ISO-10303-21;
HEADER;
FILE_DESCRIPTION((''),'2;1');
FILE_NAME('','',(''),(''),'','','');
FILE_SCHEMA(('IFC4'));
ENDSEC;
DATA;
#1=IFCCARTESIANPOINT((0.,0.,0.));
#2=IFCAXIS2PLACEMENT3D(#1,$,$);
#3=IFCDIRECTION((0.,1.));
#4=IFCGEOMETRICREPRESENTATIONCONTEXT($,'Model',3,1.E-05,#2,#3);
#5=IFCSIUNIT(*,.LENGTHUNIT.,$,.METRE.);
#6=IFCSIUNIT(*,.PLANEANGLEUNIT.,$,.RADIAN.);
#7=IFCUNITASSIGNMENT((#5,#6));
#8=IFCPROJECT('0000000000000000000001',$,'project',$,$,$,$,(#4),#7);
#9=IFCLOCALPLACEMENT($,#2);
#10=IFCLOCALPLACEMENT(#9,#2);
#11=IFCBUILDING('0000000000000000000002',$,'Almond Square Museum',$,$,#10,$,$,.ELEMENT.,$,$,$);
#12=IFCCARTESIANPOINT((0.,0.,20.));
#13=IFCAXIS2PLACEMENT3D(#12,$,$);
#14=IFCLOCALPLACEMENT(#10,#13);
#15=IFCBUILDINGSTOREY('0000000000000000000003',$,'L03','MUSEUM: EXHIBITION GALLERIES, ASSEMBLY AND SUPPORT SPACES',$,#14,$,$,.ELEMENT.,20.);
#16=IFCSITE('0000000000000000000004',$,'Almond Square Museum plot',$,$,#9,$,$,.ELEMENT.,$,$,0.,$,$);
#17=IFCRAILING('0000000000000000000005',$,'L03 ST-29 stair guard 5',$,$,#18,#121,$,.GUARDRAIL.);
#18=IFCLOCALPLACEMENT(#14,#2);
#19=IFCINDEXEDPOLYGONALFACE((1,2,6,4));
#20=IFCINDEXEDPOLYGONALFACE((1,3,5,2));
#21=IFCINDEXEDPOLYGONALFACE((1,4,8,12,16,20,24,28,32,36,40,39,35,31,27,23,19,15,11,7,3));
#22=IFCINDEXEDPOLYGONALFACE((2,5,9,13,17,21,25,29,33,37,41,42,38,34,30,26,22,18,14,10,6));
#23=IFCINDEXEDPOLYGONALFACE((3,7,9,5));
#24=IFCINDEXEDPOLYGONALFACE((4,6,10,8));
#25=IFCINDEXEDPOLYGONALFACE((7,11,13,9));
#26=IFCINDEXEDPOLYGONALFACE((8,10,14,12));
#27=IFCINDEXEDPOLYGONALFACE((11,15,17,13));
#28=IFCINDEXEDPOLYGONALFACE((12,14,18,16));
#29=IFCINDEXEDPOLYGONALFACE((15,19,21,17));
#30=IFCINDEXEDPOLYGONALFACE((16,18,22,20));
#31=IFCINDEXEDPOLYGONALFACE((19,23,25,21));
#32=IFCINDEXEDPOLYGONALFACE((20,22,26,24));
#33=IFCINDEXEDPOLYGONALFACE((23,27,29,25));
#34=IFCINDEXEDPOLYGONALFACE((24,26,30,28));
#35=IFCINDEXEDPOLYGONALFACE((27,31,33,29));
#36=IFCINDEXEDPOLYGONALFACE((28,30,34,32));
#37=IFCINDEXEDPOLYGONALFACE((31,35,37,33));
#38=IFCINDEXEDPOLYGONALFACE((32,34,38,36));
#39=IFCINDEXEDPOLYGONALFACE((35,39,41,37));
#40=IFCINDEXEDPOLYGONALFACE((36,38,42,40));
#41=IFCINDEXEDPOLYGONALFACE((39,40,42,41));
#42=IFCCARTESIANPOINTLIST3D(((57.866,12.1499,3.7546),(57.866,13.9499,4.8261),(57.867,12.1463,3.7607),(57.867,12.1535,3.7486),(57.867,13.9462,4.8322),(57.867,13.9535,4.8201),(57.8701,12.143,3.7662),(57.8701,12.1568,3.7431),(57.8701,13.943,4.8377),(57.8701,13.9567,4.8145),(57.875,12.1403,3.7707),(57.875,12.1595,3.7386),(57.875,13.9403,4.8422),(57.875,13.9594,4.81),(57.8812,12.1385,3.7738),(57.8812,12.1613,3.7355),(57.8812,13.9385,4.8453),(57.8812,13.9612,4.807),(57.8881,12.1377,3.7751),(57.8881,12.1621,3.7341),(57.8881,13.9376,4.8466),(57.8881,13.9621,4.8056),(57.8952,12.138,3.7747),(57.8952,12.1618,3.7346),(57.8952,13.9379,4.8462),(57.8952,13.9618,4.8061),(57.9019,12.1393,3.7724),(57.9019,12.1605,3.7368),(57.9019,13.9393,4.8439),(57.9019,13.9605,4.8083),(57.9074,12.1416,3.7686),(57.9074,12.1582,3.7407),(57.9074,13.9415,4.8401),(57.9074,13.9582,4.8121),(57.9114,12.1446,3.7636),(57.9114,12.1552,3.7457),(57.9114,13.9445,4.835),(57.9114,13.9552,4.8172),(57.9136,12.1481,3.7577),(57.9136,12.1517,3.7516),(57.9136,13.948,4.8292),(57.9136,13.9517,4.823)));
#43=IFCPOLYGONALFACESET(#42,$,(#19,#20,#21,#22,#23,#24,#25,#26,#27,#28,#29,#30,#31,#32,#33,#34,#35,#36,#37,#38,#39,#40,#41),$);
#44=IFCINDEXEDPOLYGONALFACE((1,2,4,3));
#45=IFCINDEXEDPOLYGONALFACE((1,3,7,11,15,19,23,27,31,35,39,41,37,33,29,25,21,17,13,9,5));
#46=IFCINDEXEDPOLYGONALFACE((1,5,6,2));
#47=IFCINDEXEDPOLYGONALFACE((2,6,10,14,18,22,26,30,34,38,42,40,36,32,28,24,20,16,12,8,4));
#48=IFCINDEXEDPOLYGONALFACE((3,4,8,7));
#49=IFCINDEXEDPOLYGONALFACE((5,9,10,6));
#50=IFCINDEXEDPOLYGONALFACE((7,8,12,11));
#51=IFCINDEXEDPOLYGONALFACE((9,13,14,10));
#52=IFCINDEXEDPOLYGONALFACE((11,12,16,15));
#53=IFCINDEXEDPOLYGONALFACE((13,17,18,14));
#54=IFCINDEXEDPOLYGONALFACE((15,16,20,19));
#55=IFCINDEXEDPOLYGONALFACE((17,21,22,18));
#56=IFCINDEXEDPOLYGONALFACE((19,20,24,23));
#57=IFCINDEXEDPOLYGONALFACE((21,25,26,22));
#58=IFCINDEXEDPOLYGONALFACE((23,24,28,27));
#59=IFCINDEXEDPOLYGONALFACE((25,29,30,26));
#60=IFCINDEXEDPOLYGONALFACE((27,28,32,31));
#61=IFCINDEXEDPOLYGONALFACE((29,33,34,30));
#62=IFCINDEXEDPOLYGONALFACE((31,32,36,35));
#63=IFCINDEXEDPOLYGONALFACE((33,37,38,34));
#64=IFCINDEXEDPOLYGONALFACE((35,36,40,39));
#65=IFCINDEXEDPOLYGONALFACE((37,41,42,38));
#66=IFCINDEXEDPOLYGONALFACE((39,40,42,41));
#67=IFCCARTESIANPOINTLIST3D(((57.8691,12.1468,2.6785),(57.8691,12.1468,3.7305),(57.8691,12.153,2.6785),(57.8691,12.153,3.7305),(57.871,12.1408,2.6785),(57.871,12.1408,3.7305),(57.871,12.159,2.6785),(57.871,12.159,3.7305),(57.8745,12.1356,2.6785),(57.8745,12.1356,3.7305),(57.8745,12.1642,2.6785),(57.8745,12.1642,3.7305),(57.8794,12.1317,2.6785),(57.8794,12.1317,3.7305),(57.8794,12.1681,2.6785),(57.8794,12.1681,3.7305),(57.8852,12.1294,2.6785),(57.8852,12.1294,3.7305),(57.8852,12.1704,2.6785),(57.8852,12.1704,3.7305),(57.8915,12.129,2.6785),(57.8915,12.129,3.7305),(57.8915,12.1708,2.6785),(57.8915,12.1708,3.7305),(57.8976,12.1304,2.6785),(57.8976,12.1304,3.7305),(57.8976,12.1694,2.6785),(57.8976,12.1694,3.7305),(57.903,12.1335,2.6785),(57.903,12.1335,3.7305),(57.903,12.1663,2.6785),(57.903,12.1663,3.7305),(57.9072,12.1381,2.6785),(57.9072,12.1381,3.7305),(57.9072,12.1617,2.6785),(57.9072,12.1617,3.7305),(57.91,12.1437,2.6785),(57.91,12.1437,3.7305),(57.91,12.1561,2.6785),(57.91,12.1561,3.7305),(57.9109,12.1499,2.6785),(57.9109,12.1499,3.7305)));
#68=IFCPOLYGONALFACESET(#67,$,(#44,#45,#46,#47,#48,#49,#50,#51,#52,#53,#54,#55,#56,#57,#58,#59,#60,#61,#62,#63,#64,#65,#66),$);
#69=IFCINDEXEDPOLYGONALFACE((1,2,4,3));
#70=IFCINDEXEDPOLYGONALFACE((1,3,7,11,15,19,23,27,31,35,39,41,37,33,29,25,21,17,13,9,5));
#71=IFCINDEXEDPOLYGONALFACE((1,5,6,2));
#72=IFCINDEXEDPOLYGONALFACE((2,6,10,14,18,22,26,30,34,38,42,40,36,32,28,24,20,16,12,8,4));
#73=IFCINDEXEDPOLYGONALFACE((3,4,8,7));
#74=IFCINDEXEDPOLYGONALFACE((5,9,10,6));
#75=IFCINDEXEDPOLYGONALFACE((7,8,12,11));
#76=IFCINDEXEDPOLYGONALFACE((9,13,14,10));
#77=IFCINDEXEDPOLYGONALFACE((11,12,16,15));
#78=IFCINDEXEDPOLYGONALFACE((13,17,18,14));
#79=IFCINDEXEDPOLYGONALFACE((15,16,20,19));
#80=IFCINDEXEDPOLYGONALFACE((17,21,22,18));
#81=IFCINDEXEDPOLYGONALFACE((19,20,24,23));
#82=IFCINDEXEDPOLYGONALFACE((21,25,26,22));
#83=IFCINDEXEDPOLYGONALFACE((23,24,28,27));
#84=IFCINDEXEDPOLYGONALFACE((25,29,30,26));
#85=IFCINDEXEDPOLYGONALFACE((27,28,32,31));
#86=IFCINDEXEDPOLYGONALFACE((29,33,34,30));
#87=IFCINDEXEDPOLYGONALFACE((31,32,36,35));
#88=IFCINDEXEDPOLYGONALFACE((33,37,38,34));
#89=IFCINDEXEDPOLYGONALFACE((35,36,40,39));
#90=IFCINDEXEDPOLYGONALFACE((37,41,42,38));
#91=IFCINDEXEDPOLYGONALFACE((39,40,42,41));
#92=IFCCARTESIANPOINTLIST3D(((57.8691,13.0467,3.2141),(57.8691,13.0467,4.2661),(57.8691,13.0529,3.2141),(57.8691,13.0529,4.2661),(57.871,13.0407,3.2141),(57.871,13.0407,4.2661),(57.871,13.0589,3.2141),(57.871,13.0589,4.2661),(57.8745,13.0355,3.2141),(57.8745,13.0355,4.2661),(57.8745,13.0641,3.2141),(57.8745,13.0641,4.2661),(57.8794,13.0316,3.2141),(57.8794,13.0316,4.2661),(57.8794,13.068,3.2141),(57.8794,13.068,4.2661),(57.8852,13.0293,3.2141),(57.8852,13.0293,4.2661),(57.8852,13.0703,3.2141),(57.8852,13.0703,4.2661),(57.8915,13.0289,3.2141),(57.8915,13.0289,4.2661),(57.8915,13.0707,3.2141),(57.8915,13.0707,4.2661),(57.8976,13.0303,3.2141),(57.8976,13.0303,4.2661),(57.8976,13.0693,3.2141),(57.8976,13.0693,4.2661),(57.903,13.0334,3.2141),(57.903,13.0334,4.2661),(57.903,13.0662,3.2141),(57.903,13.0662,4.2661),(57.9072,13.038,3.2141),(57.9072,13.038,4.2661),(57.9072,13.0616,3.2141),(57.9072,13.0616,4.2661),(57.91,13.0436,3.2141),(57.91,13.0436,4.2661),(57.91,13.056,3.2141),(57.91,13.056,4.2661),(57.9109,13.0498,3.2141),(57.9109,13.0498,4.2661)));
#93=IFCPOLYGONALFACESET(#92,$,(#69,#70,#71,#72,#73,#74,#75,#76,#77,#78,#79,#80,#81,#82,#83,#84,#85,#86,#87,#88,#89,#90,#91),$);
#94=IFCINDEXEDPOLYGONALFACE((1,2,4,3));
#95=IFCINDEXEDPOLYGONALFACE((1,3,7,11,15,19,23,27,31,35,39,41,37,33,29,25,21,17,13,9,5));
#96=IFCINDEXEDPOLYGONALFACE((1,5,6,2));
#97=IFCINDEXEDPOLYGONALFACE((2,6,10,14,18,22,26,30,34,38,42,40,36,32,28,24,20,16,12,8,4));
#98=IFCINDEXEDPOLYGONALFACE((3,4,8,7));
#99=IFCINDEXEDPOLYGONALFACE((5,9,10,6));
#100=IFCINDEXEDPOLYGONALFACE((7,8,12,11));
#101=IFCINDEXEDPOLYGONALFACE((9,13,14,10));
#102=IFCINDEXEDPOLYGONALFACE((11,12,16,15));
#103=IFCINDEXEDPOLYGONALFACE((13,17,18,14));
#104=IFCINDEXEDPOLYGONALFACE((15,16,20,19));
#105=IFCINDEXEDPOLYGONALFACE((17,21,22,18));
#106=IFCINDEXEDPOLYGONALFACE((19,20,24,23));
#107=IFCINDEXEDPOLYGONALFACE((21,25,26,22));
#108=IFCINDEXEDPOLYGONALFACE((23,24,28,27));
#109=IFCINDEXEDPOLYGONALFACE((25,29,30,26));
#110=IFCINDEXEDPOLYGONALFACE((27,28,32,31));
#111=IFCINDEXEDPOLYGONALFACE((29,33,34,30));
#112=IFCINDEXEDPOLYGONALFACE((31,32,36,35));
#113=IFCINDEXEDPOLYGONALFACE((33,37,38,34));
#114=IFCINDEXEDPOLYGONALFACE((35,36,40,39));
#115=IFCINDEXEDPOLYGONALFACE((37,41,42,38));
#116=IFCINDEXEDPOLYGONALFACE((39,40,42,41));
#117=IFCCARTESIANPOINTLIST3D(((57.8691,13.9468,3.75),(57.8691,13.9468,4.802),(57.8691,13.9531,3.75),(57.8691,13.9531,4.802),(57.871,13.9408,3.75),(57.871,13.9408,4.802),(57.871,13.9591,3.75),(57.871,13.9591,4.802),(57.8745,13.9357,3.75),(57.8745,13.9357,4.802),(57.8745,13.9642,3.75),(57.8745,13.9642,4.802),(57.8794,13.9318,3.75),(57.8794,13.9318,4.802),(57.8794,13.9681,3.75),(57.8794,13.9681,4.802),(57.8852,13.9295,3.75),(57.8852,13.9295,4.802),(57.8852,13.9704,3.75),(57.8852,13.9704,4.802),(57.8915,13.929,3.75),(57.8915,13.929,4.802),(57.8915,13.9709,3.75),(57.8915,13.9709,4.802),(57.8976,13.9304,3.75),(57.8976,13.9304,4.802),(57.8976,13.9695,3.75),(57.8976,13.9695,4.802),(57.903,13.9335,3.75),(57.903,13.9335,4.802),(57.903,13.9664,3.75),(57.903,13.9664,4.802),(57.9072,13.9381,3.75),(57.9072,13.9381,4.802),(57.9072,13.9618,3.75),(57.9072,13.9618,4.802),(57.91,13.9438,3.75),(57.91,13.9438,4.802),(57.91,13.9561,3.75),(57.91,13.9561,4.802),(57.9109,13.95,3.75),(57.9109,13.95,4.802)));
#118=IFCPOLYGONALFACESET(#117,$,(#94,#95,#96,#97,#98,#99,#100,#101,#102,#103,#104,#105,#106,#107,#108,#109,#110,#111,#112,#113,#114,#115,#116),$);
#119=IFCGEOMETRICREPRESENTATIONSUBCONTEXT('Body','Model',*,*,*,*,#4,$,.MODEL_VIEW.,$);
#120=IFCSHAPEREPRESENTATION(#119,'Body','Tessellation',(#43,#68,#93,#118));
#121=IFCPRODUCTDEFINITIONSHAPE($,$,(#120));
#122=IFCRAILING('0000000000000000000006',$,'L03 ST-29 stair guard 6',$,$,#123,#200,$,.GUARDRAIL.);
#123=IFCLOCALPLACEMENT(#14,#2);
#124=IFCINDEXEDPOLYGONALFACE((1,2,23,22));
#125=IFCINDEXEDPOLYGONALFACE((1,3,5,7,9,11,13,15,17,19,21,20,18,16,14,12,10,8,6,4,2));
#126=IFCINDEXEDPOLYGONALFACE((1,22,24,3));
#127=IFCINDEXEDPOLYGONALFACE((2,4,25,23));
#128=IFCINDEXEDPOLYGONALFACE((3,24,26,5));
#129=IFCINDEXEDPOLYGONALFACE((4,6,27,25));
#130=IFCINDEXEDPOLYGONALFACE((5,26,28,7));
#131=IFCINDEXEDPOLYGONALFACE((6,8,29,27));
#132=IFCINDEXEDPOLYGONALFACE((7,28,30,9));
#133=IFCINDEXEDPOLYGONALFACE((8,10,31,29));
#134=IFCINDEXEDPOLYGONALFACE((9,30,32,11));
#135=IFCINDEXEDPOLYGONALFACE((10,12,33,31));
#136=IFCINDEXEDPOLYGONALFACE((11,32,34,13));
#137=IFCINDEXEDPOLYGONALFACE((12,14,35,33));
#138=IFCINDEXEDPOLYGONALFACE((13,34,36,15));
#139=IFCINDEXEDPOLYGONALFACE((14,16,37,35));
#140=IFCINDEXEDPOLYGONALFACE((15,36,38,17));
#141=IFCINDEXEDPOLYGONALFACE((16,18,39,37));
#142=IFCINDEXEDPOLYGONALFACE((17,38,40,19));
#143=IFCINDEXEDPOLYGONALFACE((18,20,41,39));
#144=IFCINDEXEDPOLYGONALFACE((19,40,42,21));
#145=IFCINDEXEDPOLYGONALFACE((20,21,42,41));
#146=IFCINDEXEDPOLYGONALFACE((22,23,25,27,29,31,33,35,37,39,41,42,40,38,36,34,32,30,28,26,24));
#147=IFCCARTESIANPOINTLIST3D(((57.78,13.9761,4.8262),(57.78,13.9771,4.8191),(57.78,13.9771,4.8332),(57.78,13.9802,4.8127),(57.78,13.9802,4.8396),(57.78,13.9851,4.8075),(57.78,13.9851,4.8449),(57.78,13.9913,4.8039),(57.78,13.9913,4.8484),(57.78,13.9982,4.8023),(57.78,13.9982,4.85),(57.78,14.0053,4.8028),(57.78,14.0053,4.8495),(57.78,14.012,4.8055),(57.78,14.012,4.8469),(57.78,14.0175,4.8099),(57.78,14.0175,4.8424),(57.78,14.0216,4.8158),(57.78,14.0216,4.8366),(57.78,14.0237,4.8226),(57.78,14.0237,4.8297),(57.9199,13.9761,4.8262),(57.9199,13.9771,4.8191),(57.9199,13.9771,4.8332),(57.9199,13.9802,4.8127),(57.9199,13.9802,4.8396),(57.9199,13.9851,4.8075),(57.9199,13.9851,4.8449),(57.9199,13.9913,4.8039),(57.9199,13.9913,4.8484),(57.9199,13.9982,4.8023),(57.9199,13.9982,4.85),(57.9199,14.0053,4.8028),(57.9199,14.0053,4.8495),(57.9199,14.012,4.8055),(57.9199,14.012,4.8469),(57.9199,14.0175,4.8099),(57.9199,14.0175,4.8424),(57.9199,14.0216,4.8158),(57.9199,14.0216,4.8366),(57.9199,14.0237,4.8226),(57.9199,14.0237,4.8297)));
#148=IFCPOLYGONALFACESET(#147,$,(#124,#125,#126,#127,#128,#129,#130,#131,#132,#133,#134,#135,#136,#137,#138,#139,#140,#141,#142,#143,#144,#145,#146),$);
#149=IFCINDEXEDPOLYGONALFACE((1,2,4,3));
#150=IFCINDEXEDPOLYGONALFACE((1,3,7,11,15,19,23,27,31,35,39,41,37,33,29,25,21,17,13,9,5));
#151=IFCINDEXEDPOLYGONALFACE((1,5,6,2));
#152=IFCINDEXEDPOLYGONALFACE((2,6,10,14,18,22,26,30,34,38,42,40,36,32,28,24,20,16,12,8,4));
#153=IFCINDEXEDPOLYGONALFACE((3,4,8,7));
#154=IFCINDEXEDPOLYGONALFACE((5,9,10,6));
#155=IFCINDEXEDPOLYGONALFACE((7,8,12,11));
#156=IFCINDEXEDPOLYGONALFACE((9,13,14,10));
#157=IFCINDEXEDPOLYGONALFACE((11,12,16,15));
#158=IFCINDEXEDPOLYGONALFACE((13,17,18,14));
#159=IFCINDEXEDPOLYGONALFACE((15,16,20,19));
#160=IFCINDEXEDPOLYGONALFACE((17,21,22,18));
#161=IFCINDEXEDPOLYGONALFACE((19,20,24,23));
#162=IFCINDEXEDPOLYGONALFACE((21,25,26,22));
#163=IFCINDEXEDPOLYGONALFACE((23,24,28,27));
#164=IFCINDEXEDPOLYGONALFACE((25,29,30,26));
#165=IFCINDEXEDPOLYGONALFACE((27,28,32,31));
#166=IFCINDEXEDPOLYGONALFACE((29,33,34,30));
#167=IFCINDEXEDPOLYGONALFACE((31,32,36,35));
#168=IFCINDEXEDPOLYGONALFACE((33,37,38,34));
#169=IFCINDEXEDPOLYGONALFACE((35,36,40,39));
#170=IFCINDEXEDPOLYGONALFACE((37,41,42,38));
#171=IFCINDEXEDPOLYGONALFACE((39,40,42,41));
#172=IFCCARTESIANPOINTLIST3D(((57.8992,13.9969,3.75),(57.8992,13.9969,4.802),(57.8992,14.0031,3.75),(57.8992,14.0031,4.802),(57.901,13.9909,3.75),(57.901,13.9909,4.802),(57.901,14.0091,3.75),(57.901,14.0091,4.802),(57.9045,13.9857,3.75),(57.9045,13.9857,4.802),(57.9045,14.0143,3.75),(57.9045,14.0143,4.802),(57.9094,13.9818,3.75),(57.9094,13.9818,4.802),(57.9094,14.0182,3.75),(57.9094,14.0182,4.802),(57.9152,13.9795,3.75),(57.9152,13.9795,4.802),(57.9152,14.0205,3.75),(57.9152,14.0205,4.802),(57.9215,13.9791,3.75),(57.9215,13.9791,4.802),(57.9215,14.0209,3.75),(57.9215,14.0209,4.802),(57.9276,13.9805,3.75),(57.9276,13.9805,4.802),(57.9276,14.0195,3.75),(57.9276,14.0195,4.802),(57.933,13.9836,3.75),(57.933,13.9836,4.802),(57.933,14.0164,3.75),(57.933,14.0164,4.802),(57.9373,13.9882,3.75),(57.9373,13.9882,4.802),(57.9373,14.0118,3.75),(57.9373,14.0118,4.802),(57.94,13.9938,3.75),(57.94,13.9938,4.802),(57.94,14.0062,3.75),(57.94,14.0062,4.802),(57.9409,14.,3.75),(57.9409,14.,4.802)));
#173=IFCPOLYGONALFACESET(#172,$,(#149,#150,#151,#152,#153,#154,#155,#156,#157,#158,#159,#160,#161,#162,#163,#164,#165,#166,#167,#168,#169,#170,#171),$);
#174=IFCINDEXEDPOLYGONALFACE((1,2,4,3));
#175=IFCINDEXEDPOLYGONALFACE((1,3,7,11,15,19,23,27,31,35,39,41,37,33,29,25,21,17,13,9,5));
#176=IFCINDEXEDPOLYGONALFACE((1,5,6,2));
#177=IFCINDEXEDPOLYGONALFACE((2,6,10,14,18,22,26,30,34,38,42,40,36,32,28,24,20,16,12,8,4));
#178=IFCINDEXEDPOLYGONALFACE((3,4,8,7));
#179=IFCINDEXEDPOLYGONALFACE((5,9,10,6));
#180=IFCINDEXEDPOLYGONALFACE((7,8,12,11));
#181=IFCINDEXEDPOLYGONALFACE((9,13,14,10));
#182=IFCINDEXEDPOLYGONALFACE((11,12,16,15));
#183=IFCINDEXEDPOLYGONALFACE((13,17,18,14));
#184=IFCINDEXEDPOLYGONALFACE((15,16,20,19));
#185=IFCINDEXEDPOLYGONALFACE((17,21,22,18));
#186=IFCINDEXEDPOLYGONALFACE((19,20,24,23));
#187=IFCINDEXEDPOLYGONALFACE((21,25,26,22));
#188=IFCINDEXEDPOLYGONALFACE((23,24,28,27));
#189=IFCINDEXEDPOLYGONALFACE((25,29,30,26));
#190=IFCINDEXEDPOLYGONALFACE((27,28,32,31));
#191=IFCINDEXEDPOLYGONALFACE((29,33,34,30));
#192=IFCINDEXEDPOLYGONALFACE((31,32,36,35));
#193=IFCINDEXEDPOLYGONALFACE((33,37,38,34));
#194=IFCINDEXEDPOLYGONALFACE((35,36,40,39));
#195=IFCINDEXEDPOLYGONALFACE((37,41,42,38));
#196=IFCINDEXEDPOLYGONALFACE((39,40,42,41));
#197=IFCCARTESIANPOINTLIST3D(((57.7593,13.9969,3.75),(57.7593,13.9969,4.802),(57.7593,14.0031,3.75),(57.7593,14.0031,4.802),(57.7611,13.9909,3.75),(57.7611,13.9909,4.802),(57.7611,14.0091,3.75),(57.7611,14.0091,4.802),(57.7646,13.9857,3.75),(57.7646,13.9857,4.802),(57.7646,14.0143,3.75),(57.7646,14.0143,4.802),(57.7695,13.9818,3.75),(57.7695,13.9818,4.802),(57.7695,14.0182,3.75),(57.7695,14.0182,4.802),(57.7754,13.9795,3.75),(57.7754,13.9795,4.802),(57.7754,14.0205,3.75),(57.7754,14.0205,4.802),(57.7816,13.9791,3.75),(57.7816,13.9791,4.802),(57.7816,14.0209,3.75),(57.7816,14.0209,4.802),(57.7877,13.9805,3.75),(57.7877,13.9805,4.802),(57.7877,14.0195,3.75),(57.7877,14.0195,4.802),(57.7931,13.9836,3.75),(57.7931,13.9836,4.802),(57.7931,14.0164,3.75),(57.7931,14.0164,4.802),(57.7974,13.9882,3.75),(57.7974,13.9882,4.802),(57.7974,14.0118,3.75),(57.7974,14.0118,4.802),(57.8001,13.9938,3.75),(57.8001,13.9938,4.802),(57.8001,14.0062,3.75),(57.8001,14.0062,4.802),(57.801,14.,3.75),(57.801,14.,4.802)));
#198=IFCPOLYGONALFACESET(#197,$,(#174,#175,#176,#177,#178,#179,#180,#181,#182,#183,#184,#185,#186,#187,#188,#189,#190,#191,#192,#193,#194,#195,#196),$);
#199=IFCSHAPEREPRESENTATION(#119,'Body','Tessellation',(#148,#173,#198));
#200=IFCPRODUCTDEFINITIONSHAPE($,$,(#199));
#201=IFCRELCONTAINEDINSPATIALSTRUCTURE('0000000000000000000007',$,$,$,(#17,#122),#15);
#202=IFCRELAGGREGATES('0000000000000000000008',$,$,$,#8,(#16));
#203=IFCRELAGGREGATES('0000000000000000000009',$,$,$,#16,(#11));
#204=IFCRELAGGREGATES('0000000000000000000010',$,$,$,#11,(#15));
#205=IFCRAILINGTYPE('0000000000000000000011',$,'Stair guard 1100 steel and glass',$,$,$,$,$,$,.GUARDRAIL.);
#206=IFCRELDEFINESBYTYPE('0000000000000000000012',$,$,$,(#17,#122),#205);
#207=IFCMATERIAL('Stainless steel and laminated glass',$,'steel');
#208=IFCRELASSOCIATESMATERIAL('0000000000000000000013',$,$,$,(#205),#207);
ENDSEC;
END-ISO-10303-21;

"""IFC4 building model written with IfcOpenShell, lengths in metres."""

from ifc_helpers import new_model, si_unit, direction, frame, origin, origin_2d, place, context, subcontext, project, spatial, circle, extrude, material, type_object, element, save


model = new_model("IFC4")

# Units and contexts
model_context = context("Model", 3, precision=1e-05, world=origin(), true_north=direction((0.0, 1.0)))
body_context = subcontext(model_context, "Body", "Model", "MODEL_VIEW")
ifc_project = project(units=[si_unit("LENGTHUNIT", "METRE"), si_unit("PLANEANGLEUNIT", "RADIAN")], contexts=[model_context])

# Site, building, storey
site_placement = place(None, origin())
site = spatial("IfcSite", under=ifc_project, at=site_placement, Name="Almond Square Museum plot", CompositionType="ELEMENT", RefElevation=0.0)
building_placement = place(site_placement, origin())
building = spatial("IfcBuilding", under=site, at=building_placement, Name="Almond Square Museum", CompositionType="ELEMENT")
storey_placement = place(building_placement, frame((0.0, 0.0, 20.0)))
storey = spatial("IfcBuildingStorey", under=building, at=storey_placement, Name="L03", Description="MUSEUM: EXHIBITION GALLERIES, ASSEMBLY AND SUPPORT SPACES", CompositionType="ELEMENT", Elevation=20.0)

# Railings
ifc_material_1 = material(Name="Stainless steel and laminated glass", Category="steel")
railing_type_1 = type_object("IfcRailingType", Name="Stair guard 1100 steel and glass", PredefinedType="GUARDRAIL", material=ifc_material_1)
railing_1_placement = place(storey_placement, frame((57.8899, 12.1499, 2.6785)))
element("IfcRailing", 1, at=railing_1_placement, inside=storey, type_object=railing_type_1, Name="L03 ST-29 stair guard 5", PredefinedType="GUARDRAIL", context=body_context, shape_type="SweptSolid", body=[
    extrude(circle(Radius=0.0239, at=origin_2d()), frame((0.0, 0.0, 1.0762), z_axis=(0.0, 0.859277, 0.51151), x_axis=(-1.0, 0.0, 0.0)), (0.0, 0.0, 1.0), 2.0947),
    extrude(circle(Radius=0.021, at=origin_2d()), origin(), (0.0, 0.0, 1.0), 1.052),
    extrude(circle(Radius=0.021, at=origin_2d()), frame((0.0, 0.8999, 0.5356)), (0.0, 0.0, 1.0), 1.052),
    extrude(circle(Radius=0.021, at=origin_2d()), frame((0.0, 1.8, 1.0715)), (0.0, 0.0, 1.0), 1.052),
])
railing_2_placement = place(storey_placement, frame((57.9199, 14.0, 3.75)))
element("IfcRailing", 2, at=railing_2_placement, inside=storey, type_object=railing_type_1, Name="L03 ST-29 stair guard 6", PredefinedType="GUARDRAIL", context=body_context, shape_type="SweptSolid", body=[
    extrude(circle(Radius=0.0239, at=origin_2d()), frame((0.0, 0.0, 1.0762), z_axis=(-1.0, 0.0, 0.0), x_axis=(0.0, -1.0, 0.0)), (0.0, 0.0, 1.0), 0.1399),
    extrude(circle(Radius=0.021, at=origin_2d()), origin(), (0.0, 0.0, 1.0), 1.052),
    extrude(circle(Radius=0.021, at=origin_2d()), frame((-0.1399, 0.0, 0.0)), (0.0, 0.0, 1.0), 1.052),
])

save(model, "model.ifc")
